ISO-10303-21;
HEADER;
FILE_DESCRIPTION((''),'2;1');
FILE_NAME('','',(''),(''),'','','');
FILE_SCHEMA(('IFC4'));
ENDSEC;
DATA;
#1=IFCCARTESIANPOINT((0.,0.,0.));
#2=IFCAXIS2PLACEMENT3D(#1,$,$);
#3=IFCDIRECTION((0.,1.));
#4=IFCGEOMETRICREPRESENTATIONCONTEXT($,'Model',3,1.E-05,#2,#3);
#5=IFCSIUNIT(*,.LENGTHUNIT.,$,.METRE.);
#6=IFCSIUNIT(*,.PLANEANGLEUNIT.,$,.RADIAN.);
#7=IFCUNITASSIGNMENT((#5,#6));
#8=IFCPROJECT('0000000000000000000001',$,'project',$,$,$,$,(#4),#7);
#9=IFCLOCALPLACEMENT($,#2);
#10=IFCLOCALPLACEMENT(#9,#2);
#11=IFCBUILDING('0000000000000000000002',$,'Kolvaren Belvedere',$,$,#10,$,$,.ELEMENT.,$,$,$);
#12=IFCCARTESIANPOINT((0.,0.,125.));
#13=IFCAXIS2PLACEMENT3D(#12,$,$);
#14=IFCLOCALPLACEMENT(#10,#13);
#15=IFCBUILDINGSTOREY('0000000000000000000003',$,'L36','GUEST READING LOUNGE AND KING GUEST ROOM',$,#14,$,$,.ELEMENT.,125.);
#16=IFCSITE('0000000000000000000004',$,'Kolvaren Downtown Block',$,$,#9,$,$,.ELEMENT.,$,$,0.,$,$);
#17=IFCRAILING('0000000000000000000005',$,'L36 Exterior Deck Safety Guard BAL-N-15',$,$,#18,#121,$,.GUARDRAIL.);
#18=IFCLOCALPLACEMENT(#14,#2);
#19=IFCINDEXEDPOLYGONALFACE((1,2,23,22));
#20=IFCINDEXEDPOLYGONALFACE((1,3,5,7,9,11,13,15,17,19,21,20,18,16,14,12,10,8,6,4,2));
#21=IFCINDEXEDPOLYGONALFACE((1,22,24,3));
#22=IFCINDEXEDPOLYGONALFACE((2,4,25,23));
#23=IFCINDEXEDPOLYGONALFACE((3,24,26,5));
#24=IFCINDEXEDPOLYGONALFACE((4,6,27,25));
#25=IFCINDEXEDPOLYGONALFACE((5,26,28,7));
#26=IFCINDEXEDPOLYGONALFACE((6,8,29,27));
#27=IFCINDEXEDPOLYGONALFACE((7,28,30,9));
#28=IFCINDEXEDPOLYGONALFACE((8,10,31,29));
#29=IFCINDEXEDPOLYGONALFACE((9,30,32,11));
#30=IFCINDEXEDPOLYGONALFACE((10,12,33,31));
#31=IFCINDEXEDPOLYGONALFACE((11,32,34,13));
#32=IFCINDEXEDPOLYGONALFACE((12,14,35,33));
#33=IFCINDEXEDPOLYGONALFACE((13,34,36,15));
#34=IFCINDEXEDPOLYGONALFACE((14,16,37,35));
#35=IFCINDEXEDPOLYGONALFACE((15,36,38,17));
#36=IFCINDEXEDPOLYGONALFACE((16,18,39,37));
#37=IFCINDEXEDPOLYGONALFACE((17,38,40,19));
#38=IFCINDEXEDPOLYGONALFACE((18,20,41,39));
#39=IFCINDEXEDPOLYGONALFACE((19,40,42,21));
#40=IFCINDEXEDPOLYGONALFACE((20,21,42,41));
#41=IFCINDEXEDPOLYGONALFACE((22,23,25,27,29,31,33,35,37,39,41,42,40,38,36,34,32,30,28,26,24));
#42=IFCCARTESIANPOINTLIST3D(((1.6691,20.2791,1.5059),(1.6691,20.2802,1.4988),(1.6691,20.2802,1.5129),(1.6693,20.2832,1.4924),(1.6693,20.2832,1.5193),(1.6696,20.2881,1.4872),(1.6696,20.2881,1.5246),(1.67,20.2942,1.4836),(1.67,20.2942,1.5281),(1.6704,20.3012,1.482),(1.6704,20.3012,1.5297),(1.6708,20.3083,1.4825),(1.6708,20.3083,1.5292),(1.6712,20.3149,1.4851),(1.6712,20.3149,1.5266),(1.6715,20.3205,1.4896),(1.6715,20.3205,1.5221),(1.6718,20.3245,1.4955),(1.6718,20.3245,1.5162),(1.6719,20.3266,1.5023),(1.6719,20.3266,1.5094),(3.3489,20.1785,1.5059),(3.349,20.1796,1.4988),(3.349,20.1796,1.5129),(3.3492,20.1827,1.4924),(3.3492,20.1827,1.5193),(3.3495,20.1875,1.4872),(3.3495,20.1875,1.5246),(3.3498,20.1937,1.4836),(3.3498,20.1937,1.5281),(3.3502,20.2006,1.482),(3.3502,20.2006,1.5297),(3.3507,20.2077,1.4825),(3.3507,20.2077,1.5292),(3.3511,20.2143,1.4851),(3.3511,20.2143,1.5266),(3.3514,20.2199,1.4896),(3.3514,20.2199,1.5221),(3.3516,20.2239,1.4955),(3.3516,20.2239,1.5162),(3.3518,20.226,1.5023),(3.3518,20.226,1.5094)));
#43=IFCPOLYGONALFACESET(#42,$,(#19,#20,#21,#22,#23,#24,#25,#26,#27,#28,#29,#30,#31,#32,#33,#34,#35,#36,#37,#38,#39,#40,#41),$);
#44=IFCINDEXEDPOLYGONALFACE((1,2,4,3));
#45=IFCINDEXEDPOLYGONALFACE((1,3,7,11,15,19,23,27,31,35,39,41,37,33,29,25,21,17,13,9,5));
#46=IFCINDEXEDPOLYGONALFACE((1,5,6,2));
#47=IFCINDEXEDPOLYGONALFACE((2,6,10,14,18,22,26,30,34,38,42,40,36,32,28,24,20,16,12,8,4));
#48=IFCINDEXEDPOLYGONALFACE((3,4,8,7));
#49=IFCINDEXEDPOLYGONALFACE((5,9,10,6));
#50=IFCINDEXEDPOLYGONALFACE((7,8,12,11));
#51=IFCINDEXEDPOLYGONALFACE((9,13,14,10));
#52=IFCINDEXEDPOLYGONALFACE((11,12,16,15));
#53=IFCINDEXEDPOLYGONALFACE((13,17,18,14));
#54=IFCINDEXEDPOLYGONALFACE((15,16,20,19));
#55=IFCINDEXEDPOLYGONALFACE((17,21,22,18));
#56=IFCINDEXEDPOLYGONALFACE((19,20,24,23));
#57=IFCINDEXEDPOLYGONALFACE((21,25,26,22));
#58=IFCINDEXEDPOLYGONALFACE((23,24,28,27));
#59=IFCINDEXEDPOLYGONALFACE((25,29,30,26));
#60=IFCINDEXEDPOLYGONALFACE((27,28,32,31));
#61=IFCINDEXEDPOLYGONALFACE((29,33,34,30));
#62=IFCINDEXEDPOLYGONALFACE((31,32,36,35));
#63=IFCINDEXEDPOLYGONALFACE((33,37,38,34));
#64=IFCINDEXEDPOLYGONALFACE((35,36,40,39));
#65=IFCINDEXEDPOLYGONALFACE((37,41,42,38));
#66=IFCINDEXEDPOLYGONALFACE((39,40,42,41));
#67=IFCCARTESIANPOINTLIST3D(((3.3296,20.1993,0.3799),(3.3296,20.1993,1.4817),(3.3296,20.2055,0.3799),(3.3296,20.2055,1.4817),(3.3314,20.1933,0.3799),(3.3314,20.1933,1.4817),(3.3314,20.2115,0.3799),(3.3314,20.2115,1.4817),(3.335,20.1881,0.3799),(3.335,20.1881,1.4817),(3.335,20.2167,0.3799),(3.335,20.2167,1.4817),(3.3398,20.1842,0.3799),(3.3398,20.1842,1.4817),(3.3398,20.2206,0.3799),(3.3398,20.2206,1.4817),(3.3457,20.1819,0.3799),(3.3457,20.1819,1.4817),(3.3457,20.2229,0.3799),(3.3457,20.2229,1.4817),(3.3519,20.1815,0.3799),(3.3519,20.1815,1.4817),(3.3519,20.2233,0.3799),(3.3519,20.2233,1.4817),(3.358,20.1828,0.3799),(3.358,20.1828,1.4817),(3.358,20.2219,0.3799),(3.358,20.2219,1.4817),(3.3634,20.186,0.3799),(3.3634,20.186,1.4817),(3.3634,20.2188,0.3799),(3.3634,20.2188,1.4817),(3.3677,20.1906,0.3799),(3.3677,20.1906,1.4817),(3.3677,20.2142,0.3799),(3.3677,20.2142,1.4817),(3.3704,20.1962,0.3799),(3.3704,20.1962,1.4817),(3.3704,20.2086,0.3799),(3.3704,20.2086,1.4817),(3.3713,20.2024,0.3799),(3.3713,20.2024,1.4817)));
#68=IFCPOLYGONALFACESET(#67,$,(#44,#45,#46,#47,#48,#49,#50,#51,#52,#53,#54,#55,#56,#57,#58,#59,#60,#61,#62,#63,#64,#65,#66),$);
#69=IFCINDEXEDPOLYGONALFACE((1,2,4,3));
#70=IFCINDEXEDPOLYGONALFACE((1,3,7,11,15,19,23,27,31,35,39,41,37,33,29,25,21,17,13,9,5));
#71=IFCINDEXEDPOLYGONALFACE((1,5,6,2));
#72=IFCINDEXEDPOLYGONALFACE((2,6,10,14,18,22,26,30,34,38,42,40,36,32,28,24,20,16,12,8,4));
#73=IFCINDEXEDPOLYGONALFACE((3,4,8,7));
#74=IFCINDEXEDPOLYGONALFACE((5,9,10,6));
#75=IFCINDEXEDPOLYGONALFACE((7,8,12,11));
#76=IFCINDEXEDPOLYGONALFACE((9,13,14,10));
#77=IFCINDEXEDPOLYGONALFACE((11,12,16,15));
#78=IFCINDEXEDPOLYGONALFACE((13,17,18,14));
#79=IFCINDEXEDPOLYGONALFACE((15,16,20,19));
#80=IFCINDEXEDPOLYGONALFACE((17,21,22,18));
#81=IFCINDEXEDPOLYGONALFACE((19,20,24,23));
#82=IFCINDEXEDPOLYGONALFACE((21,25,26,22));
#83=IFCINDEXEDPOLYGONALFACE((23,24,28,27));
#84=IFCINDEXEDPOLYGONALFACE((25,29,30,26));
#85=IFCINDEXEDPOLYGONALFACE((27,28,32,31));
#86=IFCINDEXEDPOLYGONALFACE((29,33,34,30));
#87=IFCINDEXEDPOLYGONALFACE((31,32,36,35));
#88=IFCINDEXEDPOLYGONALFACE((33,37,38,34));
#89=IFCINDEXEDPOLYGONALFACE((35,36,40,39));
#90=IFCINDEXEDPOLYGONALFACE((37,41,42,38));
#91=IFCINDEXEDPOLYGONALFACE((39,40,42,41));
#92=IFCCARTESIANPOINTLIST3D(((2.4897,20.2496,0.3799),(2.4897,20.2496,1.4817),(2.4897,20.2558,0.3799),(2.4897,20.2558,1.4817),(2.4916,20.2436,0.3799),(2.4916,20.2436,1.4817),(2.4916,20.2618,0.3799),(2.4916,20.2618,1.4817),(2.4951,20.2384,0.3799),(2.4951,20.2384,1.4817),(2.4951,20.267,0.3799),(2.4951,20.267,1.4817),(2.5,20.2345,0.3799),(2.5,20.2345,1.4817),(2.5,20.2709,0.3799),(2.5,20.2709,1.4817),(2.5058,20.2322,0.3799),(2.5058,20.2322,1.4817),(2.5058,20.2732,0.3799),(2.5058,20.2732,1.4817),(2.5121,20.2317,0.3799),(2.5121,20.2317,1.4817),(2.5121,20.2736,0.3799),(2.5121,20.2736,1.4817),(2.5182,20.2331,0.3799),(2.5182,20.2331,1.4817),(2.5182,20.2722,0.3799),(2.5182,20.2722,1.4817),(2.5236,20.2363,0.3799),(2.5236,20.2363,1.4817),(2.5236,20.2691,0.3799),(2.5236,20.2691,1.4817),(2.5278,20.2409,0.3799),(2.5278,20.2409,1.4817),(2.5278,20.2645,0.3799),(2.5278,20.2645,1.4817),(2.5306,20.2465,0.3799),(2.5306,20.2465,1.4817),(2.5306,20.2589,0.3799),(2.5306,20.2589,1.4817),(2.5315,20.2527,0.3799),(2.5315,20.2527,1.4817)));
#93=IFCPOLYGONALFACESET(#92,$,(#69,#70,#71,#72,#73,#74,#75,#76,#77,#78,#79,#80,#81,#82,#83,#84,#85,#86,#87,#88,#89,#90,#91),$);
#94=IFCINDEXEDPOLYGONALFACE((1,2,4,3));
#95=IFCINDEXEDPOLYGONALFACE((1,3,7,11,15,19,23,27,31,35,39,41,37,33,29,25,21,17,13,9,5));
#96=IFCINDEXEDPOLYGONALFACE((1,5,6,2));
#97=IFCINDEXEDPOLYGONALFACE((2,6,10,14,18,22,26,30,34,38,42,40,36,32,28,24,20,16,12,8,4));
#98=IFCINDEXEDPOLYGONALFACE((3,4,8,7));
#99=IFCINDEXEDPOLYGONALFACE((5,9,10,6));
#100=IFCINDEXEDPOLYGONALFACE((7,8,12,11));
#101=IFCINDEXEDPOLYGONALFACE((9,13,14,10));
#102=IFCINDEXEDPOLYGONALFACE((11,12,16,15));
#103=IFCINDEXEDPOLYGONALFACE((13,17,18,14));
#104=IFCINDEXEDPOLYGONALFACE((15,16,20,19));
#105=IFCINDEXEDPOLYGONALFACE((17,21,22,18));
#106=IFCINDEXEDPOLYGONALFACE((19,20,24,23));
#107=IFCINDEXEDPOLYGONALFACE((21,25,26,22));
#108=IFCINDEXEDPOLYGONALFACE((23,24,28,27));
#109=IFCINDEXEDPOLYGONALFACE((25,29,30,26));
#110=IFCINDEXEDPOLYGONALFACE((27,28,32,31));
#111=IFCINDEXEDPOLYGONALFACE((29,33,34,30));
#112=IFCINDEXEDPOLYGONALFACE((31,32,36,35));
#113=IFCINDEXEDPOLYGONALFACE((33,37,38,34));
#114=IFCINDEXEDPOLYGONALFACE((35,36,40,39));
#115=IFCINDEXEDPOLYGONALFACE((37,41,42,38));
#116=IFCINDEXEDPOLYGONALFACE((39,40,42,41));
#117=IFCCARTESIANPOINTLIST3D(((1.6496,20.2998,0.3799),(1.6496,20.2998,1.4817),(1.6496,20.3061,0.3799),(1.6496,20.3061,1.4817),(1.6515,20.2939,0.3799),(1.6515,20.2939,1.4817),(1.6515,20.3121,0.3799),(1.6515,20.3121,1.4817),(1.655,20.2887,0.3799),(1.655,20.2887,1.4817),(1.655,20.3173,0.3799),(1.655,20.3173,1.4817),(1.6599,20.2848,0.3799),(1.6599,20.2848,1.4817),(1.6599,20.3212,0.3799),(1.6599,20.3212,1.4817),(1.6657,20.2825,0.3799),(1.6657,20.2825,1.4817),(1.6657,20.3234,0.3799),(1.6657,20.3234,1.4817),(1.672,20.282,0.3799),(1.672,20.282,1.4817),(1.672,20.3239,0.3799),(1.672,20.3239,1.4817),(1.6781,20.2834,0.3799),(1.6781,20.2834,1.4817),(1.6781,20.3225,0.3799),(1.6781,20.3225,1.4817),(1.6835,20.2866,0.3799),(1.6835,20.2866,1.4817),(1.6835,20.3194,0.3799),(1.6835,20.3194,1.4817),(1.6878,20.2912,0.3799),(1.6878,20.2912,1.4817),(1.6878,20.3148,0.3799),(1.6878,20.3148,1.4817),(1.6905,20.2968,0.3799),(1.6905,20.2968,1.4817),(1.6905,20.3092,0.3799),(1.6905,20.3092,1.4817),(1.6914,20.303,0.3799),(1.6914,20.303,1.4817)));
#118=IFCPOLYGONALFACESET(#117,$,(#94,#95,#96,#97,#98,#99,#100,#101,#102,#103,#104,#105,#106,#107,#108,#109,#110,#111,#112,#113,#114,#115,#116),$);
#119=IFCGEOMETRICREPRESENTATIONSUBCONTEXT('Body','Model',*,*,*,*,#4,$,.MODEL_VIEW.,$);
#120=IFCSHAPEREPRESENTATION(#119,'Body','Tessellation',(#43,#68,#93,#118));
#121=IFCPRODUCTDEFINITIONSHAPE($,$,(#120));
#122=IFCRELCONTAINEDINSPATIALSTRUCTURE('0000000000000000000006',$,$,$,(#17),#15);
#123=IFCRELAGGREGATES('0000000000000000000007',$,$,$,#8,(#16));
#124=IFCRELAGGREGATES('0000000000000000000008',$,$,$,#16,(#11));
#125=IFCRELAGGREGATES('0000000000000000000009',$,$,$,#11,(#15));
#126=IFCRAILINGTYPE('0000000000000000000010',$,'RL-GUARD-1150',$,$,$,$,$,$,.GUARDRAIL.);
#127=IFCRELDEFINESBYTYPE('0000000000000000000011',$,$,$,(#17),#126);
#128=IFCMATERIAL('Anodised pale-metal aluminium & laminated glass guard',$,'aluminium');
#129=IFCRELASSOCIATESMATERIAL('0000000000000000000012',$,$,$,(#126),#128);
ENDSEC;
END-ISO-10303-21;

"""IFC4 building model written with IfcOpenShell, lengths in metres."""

from ifc_helpers import new_model, si_unit, direction, frame, origin, origin_2d, place, context, subcontext, project, spatial, circle, extrude, material, type_object, element, save


model = new_model("IFC4")

# Units and contexts
model_context = context("Model", 3, precision=1e-05, world=origin(), true_north=direction((0.0, 1.0)))
body_context = subcontext(model_context, "Body", "Model", "MODEL_VIEW")
ifc_project = project(units=[si_unit("LENGTHUNIT", "METRE"), si_unit("PLANEANGLEUNIT", "RADIAN")], contexts=[model_context])

# Site, building, storey
site_placement = place(None, origin())
site = spatial("IfcSite", under=ifc_project, at=site_placement, Name="Kolvaren Downtown Block", CompositionType="ELEMENT", RefElevation=0.0)
building_placement = place(site_placement, origin())
building = spatial("IfcBuilding", under=site, at=building_placement, Name="Kolvaren Belvedere", CompositionType="ELEMENT")
storey_placement = place(building_placement, frame((0.0, 0.0, 125.0)))
storey = spatial("IfcBuildingStorey", under=building, at=storey_placement, Name="L36", Description="GUEST READING LOUNGE AND KING GUEST ROOM", CompositionType="ELEMENT", Elevation=125.0)

# Railing
ifc_material_1 = material(Name="Anodised pale-metal aluminium & laminated glass guard", Category="aluminium")
railing_type = type_object("IfcRailingType", Name="RL-GUARD-1150", PredefinedType="GUARDRAIL", material=ifc_material_1)
railing_1_placement = place(storey_placement, frame((3.3503, 20.2024, 0.3799)))
element("IfcRailing", 1, at=railing_1_placement, inside=storey, type_object=railing_type, Name="L36 Exterior Deck Safety Guard BAL-N-15", PredefinedType="GUARDRAIL", context=body_context, shape_type="SweptSolid", body=[
    extrude(circle(Radius=0.0239, at=origin_2d()), frame((0.0, 0.0, 1.126), z_axis=(-0.998212, 0.059768, 0.0), x_axis=(-0.059768, -0.998212, 0.0)), (0.0, 0.0, 1.0), 1.6829),
    extrude(circle(Radius=0.021, at=origin_2d()), origin(), (0.0, 0.0, 1.0), 1.1018),
    extrude(circle(Radius=0.021, at=origin_2d()), frame((-0.8398, 0.0503, 0.0)), (0.0, 0.0, 1.0), 1.1018),
    extrude(circle(Radius=0.021, at=origin_2d()), frame((-1.6799, 0.1006, 0.0)), (0.0, 0.0, 1.0), 1.1018),
])

save(model, "model.ifc")
